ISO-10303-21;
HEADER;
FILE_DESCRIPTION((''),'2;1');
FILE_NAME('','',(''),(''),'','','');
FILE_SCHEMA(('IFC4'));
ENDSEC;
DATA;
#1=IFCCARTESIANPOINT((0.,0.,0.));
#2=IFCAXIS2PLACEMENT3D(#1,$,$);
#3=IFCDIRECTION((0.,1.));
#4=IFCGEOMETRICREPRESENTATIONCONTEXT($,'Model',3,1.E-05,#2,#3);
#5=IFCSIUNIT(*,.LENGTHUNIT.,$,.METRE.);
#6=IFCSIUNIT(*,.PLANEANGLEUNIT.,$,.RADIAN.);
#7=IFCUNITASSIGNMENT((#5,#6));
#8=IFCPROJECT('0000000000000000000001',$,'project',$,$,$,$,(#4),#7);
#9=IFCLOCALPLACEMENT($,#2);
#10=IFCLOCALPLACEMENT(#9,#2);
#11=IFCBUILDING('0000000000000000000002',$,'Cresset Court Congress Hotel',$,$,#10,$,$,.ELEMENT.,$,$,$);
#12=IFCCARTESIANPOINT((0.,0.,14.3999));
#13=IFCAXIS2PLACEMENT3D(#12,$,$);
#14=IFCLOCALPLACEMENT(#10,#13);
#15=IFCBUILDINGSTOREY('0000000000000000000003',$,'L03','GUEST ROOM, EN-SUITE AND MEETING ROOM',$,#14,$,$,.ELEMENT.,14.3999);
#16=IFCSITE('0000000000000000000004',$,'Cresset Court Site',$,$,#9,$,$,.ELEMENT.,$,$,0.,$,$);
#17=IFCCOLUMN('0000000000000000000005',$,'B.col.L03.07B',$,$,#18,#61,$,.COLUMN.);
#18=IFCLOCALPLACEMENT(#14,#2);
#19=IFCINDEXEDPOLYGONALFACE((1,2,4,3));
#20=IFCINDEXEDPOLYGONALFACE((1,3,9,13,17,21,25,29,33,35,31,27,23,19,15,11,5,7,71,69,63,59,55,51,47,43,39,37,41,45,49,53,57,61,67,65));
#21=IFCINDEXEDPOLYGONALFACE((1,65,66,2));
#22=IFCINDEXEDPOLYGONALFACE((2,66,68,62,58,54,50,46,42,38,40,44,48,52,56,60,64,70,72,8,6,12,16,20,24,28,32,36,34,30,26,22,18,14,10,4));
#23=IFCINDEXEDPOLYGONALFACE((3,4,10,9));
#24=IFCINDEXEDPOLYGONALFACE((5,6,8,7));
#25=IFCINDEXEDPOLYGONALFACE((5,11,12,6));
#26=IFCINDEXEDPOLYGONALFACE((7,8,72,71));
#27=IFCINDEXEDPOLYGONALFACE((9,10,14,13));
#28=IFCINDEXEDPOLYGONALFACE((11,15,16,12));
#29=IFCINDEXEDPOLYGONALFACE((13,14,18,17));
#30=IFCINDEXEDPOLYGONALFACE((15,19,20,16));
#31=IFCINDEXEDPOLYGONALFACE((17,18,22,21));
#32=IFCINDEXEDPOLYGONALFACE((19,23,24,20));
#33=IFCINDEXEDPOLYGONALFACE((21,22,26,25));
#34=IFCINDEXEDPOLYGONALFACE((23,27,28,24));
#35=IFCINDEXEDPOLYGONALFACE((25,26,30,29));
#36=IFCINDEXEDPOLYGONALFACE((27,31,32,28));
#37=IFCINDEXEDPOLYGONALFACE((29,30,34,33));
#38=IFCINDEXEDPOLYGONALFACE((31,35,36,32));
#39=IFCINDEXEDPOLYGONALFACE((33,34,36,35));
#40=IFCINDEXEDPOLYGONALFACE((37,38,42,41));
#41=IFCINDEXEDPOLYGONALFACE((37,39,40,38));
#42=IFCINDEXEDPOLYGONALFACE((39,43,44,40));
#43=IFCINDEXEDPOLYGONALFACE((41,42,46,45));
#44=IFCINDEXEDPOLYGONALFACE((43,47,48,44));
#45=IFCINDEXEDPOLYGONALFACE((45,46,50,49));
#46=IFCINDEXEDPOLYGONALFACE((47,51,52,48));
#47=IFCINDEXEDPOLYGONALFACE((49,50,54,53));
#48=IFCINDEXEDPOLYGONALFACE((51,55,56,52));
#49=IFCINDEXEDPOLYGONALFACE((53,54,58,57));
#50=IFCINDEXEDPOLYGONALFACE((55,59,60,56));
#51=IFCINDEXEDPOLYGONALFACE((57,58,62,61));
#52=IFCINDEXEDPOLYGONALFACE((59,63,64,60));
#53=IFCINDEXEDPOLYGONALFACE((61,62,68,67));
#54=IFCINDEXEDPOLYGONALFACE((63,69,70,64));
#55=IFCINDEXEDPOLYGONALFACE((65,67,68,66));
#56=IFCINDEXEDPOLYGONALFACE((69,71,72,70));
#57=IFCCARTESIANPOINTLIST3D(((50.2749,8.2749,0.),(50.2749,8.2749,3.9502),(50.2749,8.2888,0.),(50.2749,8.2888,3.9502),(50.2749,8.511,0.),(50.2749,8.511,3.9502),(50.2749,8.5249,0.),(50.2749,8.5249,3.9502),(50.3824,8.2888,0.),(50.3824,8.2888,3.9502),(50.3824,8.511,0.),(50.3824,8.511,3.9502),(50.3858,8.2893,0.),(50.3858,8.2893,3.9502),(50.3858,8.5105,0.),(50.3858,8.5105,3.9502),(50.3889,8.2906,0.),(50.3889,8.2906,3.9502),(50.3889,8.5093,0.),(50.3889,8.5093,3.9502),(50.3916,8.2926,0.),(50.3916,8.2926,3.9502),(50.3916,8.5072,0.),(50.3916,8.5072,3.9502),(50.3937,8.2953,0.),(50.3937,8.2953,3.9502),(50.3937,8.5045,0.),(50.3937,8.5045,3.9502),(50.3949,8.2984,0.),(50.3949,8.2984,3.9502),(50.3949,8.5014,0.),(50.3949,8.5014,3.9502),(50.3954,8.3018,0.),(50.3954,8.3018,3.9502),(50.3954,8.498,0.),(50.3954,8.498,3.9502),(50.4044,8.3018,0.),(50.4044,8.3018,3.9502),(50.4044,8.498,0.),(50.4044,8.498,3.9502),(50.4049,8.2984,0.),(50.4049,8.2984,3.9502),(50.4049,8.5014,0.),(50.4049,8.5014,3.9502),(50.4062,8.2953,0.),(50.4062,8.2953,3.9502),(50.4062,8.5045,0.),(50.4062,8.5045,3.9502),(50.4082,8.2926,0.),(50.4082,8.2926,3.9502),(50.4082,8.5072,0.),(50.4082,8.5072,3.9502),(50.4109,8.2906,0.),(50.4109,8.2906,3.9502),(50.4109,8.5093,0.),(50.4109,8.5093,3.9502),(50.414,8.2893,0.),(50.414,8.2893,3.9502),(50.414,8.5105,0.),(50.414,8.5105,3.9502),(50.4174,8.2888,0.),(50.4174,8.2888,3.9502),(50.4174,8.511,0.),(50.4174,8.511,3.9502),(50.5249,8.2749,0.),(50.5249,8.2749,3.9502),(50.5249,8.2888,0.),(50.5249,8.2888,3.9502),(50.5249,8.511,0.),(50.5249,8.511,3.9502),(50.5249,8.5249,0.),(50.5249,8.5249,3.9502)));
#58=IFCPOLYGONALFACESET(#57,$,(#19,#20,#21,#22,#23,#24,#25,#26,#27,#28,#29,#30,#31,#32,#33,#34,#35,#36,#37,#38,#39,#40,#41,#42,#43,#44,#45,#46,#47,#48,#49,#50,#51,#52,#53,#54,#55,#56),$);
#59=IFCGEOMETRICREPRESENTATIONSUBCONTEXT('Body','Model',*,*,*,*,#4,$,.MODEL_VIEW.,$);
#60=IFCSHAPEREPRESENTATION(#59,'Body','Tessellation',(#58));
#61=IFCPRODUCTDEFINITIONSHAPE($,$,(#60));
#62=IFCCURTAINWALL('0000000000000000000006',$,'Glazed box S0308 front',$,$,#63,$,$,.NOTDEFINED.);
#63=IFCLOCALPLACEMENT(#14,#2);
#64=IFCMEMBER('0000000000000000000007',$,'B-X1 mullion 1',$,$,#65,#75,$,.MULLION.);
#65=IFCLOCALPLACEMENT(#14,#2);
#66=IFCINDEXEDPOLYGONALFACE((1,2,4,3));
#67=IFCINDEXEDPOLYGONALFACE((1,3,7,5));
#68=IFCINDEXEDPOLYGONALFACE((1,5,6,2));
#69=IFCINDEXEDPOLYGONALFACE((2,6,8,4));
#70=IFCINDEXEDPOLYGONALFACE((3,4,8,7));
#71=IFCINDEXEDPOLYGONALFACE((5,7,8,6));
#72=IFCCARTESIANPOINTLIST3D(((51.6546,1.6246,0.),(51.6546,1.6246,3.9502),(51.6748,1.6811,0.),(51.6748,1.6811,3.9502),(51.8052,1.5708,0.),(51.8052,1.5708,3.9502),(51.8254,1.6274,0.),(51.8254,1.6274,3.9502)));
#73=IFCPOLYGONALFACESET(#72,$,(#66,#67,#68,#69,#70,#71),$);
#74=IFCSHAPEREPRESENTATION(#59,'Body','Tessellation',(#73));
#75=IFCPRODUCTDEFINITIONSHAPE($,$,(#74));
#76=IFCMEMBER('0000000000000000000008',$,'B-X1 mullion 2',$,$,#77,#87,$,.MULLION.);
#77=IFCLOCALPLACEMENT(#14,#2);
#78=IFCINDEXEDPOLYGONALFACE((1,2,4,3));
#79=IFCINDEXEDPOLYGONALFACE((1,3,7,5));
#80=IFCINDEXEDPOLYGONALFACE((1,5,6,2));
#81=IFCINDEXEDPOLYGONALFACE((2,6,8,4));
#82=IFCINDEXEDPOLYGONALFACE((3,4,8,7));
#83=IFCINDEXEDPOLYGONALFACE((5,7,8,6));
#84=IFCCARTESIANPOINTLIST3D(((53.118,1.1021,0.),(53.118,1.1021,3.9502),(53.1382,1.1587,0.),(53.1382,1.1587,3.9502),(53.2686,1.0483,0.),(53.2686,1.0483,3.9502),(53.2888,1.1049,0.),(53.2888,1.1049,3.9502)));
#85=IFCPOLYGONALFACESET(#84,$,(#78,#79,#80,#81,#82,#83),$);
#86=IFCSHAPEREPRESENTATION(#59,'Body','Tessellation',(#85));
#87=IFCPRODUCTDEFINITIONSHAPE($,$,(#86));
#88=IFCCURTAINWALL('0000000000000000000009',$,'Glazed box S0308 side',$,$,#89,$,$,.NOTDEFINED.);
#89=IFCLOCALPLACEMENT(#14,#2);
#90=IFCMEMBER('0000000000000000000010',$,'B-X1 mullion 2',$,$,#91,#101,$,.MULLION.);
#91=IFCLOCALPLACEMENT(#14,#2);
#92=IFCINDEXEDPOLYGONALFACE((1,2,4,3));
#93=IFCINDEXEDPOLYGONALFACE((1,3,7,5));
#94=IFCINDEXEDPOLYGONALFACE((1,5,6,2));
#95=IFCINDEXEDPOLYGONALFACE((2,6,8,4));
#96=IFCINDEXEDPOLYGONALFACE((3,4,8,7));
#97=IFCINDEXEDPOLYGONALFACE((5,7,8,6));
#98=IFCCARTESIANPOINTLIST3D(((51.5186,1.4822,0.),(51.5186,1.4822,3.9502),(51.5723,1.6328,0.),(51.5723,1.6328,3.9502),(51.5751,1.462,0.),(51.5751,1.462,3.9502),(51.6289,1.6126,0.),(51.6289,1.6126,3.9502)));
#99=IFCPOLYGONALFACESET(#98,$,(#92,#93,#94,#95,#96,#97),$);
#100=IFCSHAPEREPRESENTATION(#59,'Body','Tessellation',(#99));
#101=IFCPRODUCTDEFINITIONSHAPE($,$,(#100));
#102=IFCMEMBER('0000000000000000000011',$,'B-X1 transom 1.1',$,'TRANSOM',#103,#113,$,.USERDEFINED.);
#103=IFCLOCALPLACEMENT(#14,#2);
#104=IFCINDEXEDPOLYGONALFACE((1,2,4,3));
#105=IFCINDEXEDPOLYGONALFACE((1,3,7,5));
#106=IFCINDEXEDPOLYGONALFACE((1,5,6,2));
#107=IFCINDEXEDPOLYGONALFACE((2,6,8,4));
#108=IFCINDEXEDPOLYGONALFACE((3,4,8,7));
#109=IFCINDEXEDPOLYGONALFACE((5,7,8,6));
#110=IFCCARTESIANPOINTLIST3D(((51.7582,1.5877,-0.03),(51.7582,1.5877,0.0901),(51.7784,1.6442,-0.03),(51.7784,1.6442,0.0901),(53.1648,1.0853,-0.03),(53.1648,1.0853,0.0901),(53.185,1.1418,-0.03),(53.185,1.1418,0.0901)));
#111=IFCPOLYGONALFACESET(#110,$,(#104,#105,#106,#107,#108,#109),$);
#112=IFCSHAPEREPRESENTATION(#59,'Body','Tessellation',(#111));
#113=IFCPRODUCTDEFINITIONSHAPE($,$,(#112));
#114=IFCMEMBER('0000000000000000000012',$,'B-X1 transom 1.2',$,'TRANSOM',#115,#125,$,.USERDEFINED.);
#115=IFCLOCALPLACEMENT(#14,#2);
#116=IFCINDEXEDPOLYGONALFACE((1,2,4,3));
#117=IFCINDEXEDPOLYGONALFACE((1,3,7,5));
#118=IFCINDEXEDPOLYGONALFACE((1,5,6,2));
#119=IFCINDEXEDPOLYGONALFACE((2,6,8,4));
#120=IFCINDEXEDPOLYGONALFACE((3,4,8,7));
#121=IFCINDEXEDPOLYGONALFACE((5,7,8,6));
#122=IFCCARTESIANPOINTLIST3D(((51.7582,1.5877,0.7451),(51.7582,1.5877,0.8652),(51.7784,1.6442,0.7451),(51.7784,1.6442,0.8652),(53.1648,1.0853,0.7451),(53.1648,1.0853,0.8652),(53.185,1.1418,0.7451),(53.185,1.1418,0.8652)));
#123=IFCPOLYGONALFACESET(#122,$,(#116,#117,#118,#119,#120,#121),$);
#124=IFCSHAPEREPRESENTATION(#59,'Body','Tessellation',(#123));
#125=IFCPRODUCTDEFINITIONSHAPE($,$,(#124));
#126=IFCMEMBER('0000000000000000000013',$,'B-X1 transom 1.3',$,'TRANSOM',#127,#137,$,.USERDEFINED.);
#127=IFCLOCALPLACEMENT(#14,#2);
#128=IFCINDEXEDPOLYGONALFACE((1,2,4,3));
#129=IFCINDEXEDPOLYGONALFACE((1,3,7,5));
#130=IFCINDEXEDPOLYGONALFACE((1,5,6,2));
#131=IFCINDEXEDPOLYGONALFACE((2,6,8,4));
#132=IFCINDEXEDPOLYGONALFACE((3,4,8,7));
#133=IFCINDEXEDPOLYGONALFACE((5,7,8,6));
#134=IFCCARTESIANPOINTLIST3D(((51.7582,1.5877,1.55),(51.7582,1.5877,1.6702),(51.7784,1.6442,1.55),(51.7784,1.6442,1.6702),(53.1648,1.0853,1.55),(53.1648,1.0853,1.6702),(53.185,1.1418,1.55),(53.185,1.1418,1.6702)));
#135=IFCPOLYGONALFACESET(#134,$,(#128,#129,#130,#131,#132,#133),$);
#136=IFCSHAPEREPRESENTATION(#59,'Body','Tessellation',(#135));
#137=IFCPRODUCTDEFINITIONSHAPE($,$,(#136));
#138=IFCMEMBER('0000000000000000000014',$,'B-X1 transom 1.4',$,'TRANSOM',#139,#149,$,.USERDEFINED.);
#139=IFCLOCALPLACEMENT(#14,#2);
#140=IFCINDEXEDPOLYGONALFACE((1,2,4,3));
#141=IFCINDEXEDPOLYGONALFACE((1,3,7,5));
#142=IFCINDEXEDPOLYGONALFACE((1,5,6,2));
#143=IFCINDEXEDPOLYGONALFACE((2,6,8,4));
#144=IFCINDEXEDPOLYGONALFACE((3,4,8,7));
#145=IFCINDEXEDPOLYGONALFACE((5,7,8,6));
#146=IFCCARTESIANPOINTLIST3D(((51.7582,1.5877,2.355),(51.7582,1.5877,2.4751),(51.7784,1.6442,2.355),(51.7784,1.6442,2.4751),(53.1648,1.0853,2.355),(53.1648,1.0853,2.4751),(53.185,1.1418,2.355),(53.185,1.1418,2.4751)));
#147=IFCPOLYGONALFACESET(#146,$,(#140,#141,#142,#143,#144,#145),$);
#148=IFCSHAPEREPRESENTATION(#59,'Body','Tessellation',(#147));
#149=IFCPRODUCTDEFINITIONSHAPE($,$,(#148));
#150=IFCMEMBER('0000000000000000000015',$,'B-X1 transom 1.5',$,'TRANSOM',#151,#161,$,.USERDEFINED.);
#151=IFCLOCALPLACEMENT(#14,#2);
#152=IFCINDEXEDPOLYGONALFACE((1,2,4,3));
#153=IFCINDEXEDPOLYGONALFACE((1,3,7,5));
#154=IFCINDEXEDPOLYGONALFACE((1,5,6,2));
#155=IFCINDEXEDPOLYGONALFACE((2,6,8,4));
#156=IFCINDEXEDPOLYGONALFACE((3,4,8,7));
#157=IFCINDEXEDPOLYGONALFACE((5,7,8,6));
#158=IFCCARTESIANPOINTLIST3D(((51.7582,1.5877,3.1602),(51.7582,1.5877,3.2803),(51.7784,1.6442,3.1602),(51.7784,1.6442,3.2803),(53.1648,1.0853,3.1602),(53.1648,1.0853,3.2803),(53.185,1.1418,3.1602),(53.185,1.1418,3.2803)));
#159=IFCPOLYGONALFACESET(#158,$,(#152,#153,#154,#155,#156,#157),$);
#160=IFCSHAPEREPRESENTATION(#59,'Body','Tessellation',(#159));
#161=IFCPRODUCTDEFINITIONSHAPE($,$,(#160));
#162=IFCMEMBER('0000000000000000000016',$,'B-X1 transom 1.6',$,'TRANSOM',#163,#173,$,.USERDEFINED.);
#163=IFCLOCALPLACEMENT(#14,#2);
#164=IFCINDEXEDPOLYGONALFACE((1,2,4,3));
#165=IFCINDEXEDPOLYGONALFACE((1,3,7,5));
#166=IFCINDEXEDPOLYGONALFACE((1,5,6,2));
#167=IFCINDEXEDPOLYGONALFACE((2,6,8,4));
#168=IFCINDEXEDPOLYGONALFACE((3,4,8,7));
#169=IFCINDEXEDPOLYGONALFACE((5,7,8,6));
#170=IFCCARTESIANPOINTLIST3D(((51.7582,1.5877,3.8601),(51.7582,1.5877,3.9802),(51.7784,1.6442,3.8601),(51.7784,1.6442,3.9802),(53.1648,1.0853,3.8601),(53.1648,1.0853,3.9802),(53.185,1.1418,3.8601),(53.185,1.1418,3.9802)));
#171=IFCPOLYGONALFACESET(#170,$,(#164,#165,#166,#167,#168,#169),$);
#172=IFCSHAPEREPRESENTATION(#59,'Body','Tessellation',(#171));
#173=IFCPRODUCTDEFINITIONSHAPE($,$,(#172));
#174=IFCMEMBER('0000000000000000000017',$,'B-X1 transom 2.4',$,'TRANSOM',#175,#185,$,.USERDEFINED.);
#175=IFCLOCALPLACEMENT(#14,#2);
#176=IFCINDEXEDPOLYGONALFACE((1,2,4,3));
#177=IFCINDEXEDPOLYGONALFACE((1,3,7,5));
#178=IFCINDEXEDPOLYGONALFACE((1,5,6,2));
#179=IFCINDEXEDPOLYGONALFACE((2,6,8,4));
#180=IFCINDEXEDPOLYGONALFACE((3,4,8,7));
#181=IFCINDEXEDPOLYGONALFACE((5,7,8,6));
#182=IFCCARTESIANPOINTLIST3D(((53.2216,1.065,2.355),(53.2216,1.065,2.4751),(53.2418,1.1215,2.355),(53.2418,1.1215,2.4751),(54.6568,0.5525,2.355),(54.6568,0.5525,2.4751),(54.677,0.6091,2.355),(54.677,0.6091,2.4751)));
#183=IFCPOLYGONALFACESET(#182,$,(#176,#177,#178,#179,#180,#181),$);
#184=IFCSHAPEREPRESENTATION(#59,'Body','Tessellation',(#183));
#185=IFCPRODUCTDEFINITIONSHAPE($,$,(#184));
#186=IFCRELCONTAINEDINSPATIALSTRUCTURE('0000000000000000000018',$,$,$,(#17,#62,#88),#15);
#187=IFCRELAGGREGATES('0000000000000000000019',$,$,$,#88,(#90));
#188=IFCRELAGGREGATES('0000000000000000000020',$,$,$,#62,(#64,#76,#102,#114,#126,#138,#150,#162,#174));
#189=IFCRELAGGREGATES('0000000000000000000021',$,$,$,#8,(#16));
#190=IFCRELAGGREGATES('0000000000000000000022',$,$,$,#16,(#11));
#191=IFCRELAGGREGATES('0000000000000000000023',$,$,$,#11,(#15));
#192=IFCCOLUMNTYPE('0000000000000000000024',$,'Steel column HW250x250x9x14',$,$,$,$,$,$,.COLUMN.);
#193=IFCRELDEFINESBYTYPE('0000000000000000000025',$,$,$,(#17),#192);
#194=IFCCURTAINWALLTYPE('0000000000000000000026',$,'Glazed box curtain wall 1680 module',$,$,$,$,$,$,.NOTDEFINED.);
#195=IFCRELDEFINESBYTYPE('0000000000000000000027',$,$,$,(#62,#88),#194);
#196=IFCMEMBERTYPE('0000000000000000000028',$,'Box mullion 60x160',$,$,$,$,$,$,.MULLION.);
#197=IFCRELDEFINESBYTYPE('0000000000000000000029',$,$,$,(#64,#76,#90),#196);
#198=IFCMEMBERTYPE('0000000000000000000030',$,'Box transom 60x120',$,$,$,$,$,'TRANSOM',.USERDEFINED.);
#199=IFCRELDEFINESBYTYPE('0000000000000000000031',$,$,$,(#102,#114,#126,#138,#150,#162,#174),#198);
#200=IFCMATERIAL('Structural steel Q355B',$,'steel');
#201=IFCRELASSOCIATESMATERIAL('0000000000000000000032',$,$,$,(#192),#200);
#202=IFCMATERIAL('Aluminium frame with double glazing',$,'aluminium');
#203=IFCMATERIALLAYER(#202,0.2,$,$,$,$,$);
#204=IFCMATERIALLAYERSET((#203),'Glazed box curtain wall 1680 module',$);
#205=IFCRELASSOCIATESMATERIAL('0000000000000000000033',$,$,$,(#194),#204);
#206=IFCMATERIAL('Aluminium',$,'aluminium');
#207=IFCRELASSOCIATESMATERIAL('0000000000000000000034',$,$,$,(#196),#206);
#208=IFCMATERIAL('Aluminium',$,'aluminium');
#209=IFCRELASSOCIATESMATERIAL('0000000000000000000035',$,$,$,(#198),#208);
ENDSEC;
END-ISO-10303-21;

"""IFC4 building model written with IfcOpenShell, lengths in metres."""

from ifc_helpers import new_model, si_unit, direction, frame, origin, origin_2d, place, context, subcontext, project, spatial, rectangle, i_section, extrude, material, layer, layer_set, material_profile, profile_set, type_object, element, aggregate, save


model = new_model("IFC4")

# Units and contexts
model_context = context("Model", 3, precision=1e-05, world=origin(), true_north=direction((0.0, 1.0)))
body_context = subcontext(model_context, "Body", "Model", "MODEL_VIEW")
ifc_project = project(units=[si_unit("LENGTHUNIT", "METRE"), si_unit("PLANEANGLEUNIT", "RADIAN")], contexts=[model_context])

# Site, building, storey
site_placement = place(None, origin())
site = spatial("IfcSite", under=ifc_project, at=site_placement, Name="Cresset Court Site", CompositionType="ELEMENT", RefElevation=0.0)
building_placement = place(site_placement, origin())
building = spatial("IfcBuilding", under=site, at=building_placement, Name="Cresset Court Congress Hotel", CompositionType="ELEMENT")
storey_placement = place(building_placement, frame((0.0, 0.0, 14.3999)))
storey = spatial("IfcBuildingStorey", under=building, at=storey_placement, Name="L03", Description="GUEST ROOM, EN-SUITE AND MEETING ROOM", CompositionType="ELEMENT", Elevation=14.3999)

# Column
ifc_material_1 = material(Name="Structural steel Q355B", Category="steel")
ifc_material_profile_1 = material_profile(ifc_material_1, i_section(OverallWidth=0.25, OverallDepth=0.25, WebThickness=0.009, FlangeThickness=0.0139, FilletRadius=0.0129, at=origin_2d()), Name="HW250x250x9x14")
ifc_profile_set_1 = profile_set([ifc_material_profile_1], Name="Structural steel Q355B")
column_type = type_object("IfcColumnType", Name="Steel column HW250x250x9x14", PredefinedType="COLUMN", material=ifc_profile_set_1)
column_placement = place(storey_placement, frame((50.3999, 8.3999, 0.0), z_axis=(0.0, 0.0, 1.0), x_axis=(1.0, 0.0, 0.0)))
element("IfcColumn", 1, at=column_placement, inside=storey, type_object=column_type, Name="B.col.L03.07B", PredefinedType="COLUMN", context=body_context, shape_type="SweptSolid", body=[
    extrude(i_section(OverallWidth=0.25, OverallDepth=0.25, WebThickness=0.009, FlangeThickness=0.0139, FilletRadius=0.0129, at=origin_2d()), origin(), (0.0, 0.0, 1.0), 3.9502),
])

# Curtain wall, members
ifc_material_2 = material(Name="Aluminium frame with double glazing", Category="aluminium")
ifc_layer_1 = layer(ifc_material_2, 0.2)
ifc_layer_set_1 = layer_set([ifc_layer_1], Name="Glazed box curtain wall 1680 module")
curtain_wall_type = type_object("IfcCurtainWallType", Name="Glazed box curtain wall 1680 module", PredefinedType="NOTDEFINED", material=ifc_layer_set_1)
curtain_wall_1_placement = place(storey_placement, origin())
curtain_wall_1 = element("IfcCurtainWall", 2, at=curtain_wall_1_placement, inside=storey, type_object=curtain_wall_type, Name="Glazed box S0308 front", PredefinedType="NOTDEFINED")
ifc_material_3 = material(Name="Aluminium", Category="aluminium")
ifc_material_profile_2 = material_profile(ifc_material_3, rectangle(XDim=0.0601, YDim=0.1599, at=origin_2d()), Name="Box mullion 60x160")
ifc_profile_set_2 = profile_set([ifc_material_profile_2], Name="Aluminium")
member_type_1 = type_object("IfcMemberType", Name="Box mullion 60x160", PredefinedType="MULLION", material=ifc_profile_set_2)
member_1_placement = place(storey_placement, frame((51.74, 1.626, 0.0), z_axis=(0.0, 0.0, 1.0), x_axis=(0.336336, 0.941742, 0.0)))
member_1 = element("IfcMember", 3, at=member_1_placement, type_object=member_type_1, Name="B-X1 mullion 1", PredefinedType="MULLION", context=body_context, shape_type="SweptSolid", body=[
    extrude(rectangle(XDim=0.0601, YDim=0.1599, at=origin_2d()), origin(), (0.0, 0.0, 1.0), 3.9502),
])
member_2_placement = place(storey_placement, frame((53.2034, 1.1035, 0.0), z_axis=(0.0, 0.0, 1.0), x_axis=(0.336336, 0.941742, 0.0)))
member_2 = element("IfcMember", 4, at=member_2_placement, type_object=member_type_1, Name="B-X1 mullion 2", PredefinedType="MULLION", context=body_context, shape_type="SweptSolid", body=[
    extrude(rectangle(XDim=0.0601, YDim=0.1599, at=origin_2d()), origin(), (0.0, 0.0, 1.0), 3.9502),
])

# Curtain wall, member
curtain_wall_2_placement = place(storey_placement, origin())
curtain_wall_2 = element("IfcCurtainWall", 5, at=curtain_wall_2_placement, inside=storey, type_object=curtain_wall_type, Name="Glazed box S0308 side", PredefinedType="NOTDEFINED")
member_3_placement = place(storey_placement, frame((51.5737, 1.5474, 0.0), z_axis=(0.0, 0.0, 1.0), x_axis=(-0.941742, 0.336336, 0.0)))
member_3 = element("IfcMember", 6, at=member_3_placement, type_object=member_type_1, Name="B-X1 mullion 2", PredefinedType="MULLION", context=body_context, shape_type="SweptSolid", body=[
    extrude(rectangle(XDim=0.0601, YDim=0.1599, at=origin_2d()), origin(), (0.0, 0.0, 1.0), 3.9502),
])
aggregate(curtain_wall_2, [member_3])

# Members
ifc_material_4 = material(Name="Aluminium", Category="aluminium")
ifc_material_profile_3 = material_profile(ifc_material_4, rectangle(XDim=0.0601, YDim=0.1201, at=origin_2d()), Name="Box transom 60x120")
ifc_profile_set_3 = profile_set([ifc_material_profile_3], Name="Aluminium")
member_type_2 = type_object("IfcMemberType", Name="Box transom 60x120", ElementType="TRANSOM", PredefinedType="USERDEFINED", material=ifc_profile_set_3)
member_4_placement = place(storey_placement, frame((51.7683, 1.616, 0.03), z_axis=(0.941735, -0.336357, 0.0), x_axis=(0.336357, 0.941735, 0.0)))
member_4 = element("IfcMember", 7, at=member_4_placement, type_object=member_type_2, Name="B-X1 transom 1.1", ObjectType="TRANSOM", PredefinedType="USERDEFINED", context=body_context, shape_type="SweptSolid", body=[
    extrude(rectangle(XDim=0.0601, YDim=0.1201, at=origin_2d()), origin(), (0.0, 0.0, 1.0), 1.4937),
])
member_5_placement = place(storey_placement, frame((51.7683, 1.616, 0.8052), z_axis=(0.941735, -0.336357, 0.0), x_axis=(0.336357, 0.941735, 0.0)))
member_5 = element("IfcMember", 8, at=member_5_placement, type_object=member_type_2, Name="B-X1 transom 1.2", ObjectType="TRANSOM", PredefinedType="USERDEFINED", context=body_context, shape_type="SweptSolid", body=[
    extrude(rectangle(XDim=0.0601, YDim=0.1201, at=origin_2d()), origin(), (0.0, 0.0, 1.0), 1.4937),
])
member_6_placement = place(storey_placement, frame((51.7683, 1.616, 1.6101), z_axis=(0.941735, -0.336357, 0.0), x_axis=(0.336357, 0.941735, 0.0)))
member_6 = element("IfcMember", 9, at=member_6_placement, type_object=member_type_2, Name="B-X1 transom 1.3", ObjectType="TRANSOM", PredefinedType="USERDEFINED", context=body_context, shape_type="SweptSolid", body=[
    extrude(rectangle(XDim=0.0601, YDim=0.1201, at=origin_2d()), origin(), (0.0, 0.0, 1.0), 1.4937),
])
member_7_placement = place(storey_placement, frame((51.7683, 1.616, 2.415), z_axis=(0.941735, -0.336357, 0.0), x_axis=(0.336357, 0.941735, 0.0)))
member_7 = element("IfcMember", 10, at=member_7_placement, type_object=member_type_2, Name="B-X1 transom 1.4", ObjectType="TRANSOM", PredefinedType="USERDEFINED", context=body_context, shape_type="SweptSolid", body=[
    extrude(rectangle(XDim=0.0601, YDim=0.1201, at=origin_2d()), origin(), (0.0, 0.0, 1.0), 1.4937),
])
member_8_placement = place(storey_placement, frame((51.7683, 1.616, 3.2202), z_axis=(0.941735, -0.336357, 0.0), x_axis=(0.336357, 0.941735, 0.0)))
member_8 = element("IfcMember", 11, at=member_8_placement, type_object=member_type_2, Name="B-X1 transom 1.5", ObjectType="TRANSOM", PredefinedType="USERDEFINED", context=body_context, shape_type="SweptSolid", body=[
    extrude(rectangle(XDim=0.0601, YDim=0.1201, at=origin_2d()), origin(), (0.0, 0.0, 1.0), 1.4937),
])
member_9_placement = place(storey_placement, frame((51.7683, 1.616, 3.9202), z_axis=(0.941735, -0.336357, 0.0), x_axis=(0.336357, 0.941735, 0.0)))
member_9 = element("IfcMember", 12, at=member_9_placement, type_object=member_type_2, Name="B-X1 transom 1.6", ObjectType="TRANSOM", PredefinedType="USERDEFINED", context=body_context, shape_type="SweptSolid", body=[
    extrude(rectangle(XDim=0.0601, YDim=0.1201, at=origin_2d()), origin(), (0.0, 0.0, 1.0), 1.4937),
])
member_10_placement = place(storey_placement, frame((53.2317, 1.0933, 2.415), z_axis=(0.941756, -0.336296, 0.0), x_axis=(0.336296, 0.941756, 0.0)))
member_10 = element("IfcMember", 13, at=member_10_placement, type_object=member_type_2, Name="B-X1 transom 2.4", ObjectType="TRANSOM", PredefinedType="USERDEFINED", context=body_context, shape_type="SweptSolid", body=[
    extrude(rectangle(XDim=0.0601, YDim=0.1201, at=origin_2d()), origin(), (0.0, 0.0, 1.0), 1.5239),
])

aggregate(curtain_wall_1, [member_1, member_2, member_4, member_5, member_6, member_7, member_8, member_9, member_10])

save(model, "model.ifc")
